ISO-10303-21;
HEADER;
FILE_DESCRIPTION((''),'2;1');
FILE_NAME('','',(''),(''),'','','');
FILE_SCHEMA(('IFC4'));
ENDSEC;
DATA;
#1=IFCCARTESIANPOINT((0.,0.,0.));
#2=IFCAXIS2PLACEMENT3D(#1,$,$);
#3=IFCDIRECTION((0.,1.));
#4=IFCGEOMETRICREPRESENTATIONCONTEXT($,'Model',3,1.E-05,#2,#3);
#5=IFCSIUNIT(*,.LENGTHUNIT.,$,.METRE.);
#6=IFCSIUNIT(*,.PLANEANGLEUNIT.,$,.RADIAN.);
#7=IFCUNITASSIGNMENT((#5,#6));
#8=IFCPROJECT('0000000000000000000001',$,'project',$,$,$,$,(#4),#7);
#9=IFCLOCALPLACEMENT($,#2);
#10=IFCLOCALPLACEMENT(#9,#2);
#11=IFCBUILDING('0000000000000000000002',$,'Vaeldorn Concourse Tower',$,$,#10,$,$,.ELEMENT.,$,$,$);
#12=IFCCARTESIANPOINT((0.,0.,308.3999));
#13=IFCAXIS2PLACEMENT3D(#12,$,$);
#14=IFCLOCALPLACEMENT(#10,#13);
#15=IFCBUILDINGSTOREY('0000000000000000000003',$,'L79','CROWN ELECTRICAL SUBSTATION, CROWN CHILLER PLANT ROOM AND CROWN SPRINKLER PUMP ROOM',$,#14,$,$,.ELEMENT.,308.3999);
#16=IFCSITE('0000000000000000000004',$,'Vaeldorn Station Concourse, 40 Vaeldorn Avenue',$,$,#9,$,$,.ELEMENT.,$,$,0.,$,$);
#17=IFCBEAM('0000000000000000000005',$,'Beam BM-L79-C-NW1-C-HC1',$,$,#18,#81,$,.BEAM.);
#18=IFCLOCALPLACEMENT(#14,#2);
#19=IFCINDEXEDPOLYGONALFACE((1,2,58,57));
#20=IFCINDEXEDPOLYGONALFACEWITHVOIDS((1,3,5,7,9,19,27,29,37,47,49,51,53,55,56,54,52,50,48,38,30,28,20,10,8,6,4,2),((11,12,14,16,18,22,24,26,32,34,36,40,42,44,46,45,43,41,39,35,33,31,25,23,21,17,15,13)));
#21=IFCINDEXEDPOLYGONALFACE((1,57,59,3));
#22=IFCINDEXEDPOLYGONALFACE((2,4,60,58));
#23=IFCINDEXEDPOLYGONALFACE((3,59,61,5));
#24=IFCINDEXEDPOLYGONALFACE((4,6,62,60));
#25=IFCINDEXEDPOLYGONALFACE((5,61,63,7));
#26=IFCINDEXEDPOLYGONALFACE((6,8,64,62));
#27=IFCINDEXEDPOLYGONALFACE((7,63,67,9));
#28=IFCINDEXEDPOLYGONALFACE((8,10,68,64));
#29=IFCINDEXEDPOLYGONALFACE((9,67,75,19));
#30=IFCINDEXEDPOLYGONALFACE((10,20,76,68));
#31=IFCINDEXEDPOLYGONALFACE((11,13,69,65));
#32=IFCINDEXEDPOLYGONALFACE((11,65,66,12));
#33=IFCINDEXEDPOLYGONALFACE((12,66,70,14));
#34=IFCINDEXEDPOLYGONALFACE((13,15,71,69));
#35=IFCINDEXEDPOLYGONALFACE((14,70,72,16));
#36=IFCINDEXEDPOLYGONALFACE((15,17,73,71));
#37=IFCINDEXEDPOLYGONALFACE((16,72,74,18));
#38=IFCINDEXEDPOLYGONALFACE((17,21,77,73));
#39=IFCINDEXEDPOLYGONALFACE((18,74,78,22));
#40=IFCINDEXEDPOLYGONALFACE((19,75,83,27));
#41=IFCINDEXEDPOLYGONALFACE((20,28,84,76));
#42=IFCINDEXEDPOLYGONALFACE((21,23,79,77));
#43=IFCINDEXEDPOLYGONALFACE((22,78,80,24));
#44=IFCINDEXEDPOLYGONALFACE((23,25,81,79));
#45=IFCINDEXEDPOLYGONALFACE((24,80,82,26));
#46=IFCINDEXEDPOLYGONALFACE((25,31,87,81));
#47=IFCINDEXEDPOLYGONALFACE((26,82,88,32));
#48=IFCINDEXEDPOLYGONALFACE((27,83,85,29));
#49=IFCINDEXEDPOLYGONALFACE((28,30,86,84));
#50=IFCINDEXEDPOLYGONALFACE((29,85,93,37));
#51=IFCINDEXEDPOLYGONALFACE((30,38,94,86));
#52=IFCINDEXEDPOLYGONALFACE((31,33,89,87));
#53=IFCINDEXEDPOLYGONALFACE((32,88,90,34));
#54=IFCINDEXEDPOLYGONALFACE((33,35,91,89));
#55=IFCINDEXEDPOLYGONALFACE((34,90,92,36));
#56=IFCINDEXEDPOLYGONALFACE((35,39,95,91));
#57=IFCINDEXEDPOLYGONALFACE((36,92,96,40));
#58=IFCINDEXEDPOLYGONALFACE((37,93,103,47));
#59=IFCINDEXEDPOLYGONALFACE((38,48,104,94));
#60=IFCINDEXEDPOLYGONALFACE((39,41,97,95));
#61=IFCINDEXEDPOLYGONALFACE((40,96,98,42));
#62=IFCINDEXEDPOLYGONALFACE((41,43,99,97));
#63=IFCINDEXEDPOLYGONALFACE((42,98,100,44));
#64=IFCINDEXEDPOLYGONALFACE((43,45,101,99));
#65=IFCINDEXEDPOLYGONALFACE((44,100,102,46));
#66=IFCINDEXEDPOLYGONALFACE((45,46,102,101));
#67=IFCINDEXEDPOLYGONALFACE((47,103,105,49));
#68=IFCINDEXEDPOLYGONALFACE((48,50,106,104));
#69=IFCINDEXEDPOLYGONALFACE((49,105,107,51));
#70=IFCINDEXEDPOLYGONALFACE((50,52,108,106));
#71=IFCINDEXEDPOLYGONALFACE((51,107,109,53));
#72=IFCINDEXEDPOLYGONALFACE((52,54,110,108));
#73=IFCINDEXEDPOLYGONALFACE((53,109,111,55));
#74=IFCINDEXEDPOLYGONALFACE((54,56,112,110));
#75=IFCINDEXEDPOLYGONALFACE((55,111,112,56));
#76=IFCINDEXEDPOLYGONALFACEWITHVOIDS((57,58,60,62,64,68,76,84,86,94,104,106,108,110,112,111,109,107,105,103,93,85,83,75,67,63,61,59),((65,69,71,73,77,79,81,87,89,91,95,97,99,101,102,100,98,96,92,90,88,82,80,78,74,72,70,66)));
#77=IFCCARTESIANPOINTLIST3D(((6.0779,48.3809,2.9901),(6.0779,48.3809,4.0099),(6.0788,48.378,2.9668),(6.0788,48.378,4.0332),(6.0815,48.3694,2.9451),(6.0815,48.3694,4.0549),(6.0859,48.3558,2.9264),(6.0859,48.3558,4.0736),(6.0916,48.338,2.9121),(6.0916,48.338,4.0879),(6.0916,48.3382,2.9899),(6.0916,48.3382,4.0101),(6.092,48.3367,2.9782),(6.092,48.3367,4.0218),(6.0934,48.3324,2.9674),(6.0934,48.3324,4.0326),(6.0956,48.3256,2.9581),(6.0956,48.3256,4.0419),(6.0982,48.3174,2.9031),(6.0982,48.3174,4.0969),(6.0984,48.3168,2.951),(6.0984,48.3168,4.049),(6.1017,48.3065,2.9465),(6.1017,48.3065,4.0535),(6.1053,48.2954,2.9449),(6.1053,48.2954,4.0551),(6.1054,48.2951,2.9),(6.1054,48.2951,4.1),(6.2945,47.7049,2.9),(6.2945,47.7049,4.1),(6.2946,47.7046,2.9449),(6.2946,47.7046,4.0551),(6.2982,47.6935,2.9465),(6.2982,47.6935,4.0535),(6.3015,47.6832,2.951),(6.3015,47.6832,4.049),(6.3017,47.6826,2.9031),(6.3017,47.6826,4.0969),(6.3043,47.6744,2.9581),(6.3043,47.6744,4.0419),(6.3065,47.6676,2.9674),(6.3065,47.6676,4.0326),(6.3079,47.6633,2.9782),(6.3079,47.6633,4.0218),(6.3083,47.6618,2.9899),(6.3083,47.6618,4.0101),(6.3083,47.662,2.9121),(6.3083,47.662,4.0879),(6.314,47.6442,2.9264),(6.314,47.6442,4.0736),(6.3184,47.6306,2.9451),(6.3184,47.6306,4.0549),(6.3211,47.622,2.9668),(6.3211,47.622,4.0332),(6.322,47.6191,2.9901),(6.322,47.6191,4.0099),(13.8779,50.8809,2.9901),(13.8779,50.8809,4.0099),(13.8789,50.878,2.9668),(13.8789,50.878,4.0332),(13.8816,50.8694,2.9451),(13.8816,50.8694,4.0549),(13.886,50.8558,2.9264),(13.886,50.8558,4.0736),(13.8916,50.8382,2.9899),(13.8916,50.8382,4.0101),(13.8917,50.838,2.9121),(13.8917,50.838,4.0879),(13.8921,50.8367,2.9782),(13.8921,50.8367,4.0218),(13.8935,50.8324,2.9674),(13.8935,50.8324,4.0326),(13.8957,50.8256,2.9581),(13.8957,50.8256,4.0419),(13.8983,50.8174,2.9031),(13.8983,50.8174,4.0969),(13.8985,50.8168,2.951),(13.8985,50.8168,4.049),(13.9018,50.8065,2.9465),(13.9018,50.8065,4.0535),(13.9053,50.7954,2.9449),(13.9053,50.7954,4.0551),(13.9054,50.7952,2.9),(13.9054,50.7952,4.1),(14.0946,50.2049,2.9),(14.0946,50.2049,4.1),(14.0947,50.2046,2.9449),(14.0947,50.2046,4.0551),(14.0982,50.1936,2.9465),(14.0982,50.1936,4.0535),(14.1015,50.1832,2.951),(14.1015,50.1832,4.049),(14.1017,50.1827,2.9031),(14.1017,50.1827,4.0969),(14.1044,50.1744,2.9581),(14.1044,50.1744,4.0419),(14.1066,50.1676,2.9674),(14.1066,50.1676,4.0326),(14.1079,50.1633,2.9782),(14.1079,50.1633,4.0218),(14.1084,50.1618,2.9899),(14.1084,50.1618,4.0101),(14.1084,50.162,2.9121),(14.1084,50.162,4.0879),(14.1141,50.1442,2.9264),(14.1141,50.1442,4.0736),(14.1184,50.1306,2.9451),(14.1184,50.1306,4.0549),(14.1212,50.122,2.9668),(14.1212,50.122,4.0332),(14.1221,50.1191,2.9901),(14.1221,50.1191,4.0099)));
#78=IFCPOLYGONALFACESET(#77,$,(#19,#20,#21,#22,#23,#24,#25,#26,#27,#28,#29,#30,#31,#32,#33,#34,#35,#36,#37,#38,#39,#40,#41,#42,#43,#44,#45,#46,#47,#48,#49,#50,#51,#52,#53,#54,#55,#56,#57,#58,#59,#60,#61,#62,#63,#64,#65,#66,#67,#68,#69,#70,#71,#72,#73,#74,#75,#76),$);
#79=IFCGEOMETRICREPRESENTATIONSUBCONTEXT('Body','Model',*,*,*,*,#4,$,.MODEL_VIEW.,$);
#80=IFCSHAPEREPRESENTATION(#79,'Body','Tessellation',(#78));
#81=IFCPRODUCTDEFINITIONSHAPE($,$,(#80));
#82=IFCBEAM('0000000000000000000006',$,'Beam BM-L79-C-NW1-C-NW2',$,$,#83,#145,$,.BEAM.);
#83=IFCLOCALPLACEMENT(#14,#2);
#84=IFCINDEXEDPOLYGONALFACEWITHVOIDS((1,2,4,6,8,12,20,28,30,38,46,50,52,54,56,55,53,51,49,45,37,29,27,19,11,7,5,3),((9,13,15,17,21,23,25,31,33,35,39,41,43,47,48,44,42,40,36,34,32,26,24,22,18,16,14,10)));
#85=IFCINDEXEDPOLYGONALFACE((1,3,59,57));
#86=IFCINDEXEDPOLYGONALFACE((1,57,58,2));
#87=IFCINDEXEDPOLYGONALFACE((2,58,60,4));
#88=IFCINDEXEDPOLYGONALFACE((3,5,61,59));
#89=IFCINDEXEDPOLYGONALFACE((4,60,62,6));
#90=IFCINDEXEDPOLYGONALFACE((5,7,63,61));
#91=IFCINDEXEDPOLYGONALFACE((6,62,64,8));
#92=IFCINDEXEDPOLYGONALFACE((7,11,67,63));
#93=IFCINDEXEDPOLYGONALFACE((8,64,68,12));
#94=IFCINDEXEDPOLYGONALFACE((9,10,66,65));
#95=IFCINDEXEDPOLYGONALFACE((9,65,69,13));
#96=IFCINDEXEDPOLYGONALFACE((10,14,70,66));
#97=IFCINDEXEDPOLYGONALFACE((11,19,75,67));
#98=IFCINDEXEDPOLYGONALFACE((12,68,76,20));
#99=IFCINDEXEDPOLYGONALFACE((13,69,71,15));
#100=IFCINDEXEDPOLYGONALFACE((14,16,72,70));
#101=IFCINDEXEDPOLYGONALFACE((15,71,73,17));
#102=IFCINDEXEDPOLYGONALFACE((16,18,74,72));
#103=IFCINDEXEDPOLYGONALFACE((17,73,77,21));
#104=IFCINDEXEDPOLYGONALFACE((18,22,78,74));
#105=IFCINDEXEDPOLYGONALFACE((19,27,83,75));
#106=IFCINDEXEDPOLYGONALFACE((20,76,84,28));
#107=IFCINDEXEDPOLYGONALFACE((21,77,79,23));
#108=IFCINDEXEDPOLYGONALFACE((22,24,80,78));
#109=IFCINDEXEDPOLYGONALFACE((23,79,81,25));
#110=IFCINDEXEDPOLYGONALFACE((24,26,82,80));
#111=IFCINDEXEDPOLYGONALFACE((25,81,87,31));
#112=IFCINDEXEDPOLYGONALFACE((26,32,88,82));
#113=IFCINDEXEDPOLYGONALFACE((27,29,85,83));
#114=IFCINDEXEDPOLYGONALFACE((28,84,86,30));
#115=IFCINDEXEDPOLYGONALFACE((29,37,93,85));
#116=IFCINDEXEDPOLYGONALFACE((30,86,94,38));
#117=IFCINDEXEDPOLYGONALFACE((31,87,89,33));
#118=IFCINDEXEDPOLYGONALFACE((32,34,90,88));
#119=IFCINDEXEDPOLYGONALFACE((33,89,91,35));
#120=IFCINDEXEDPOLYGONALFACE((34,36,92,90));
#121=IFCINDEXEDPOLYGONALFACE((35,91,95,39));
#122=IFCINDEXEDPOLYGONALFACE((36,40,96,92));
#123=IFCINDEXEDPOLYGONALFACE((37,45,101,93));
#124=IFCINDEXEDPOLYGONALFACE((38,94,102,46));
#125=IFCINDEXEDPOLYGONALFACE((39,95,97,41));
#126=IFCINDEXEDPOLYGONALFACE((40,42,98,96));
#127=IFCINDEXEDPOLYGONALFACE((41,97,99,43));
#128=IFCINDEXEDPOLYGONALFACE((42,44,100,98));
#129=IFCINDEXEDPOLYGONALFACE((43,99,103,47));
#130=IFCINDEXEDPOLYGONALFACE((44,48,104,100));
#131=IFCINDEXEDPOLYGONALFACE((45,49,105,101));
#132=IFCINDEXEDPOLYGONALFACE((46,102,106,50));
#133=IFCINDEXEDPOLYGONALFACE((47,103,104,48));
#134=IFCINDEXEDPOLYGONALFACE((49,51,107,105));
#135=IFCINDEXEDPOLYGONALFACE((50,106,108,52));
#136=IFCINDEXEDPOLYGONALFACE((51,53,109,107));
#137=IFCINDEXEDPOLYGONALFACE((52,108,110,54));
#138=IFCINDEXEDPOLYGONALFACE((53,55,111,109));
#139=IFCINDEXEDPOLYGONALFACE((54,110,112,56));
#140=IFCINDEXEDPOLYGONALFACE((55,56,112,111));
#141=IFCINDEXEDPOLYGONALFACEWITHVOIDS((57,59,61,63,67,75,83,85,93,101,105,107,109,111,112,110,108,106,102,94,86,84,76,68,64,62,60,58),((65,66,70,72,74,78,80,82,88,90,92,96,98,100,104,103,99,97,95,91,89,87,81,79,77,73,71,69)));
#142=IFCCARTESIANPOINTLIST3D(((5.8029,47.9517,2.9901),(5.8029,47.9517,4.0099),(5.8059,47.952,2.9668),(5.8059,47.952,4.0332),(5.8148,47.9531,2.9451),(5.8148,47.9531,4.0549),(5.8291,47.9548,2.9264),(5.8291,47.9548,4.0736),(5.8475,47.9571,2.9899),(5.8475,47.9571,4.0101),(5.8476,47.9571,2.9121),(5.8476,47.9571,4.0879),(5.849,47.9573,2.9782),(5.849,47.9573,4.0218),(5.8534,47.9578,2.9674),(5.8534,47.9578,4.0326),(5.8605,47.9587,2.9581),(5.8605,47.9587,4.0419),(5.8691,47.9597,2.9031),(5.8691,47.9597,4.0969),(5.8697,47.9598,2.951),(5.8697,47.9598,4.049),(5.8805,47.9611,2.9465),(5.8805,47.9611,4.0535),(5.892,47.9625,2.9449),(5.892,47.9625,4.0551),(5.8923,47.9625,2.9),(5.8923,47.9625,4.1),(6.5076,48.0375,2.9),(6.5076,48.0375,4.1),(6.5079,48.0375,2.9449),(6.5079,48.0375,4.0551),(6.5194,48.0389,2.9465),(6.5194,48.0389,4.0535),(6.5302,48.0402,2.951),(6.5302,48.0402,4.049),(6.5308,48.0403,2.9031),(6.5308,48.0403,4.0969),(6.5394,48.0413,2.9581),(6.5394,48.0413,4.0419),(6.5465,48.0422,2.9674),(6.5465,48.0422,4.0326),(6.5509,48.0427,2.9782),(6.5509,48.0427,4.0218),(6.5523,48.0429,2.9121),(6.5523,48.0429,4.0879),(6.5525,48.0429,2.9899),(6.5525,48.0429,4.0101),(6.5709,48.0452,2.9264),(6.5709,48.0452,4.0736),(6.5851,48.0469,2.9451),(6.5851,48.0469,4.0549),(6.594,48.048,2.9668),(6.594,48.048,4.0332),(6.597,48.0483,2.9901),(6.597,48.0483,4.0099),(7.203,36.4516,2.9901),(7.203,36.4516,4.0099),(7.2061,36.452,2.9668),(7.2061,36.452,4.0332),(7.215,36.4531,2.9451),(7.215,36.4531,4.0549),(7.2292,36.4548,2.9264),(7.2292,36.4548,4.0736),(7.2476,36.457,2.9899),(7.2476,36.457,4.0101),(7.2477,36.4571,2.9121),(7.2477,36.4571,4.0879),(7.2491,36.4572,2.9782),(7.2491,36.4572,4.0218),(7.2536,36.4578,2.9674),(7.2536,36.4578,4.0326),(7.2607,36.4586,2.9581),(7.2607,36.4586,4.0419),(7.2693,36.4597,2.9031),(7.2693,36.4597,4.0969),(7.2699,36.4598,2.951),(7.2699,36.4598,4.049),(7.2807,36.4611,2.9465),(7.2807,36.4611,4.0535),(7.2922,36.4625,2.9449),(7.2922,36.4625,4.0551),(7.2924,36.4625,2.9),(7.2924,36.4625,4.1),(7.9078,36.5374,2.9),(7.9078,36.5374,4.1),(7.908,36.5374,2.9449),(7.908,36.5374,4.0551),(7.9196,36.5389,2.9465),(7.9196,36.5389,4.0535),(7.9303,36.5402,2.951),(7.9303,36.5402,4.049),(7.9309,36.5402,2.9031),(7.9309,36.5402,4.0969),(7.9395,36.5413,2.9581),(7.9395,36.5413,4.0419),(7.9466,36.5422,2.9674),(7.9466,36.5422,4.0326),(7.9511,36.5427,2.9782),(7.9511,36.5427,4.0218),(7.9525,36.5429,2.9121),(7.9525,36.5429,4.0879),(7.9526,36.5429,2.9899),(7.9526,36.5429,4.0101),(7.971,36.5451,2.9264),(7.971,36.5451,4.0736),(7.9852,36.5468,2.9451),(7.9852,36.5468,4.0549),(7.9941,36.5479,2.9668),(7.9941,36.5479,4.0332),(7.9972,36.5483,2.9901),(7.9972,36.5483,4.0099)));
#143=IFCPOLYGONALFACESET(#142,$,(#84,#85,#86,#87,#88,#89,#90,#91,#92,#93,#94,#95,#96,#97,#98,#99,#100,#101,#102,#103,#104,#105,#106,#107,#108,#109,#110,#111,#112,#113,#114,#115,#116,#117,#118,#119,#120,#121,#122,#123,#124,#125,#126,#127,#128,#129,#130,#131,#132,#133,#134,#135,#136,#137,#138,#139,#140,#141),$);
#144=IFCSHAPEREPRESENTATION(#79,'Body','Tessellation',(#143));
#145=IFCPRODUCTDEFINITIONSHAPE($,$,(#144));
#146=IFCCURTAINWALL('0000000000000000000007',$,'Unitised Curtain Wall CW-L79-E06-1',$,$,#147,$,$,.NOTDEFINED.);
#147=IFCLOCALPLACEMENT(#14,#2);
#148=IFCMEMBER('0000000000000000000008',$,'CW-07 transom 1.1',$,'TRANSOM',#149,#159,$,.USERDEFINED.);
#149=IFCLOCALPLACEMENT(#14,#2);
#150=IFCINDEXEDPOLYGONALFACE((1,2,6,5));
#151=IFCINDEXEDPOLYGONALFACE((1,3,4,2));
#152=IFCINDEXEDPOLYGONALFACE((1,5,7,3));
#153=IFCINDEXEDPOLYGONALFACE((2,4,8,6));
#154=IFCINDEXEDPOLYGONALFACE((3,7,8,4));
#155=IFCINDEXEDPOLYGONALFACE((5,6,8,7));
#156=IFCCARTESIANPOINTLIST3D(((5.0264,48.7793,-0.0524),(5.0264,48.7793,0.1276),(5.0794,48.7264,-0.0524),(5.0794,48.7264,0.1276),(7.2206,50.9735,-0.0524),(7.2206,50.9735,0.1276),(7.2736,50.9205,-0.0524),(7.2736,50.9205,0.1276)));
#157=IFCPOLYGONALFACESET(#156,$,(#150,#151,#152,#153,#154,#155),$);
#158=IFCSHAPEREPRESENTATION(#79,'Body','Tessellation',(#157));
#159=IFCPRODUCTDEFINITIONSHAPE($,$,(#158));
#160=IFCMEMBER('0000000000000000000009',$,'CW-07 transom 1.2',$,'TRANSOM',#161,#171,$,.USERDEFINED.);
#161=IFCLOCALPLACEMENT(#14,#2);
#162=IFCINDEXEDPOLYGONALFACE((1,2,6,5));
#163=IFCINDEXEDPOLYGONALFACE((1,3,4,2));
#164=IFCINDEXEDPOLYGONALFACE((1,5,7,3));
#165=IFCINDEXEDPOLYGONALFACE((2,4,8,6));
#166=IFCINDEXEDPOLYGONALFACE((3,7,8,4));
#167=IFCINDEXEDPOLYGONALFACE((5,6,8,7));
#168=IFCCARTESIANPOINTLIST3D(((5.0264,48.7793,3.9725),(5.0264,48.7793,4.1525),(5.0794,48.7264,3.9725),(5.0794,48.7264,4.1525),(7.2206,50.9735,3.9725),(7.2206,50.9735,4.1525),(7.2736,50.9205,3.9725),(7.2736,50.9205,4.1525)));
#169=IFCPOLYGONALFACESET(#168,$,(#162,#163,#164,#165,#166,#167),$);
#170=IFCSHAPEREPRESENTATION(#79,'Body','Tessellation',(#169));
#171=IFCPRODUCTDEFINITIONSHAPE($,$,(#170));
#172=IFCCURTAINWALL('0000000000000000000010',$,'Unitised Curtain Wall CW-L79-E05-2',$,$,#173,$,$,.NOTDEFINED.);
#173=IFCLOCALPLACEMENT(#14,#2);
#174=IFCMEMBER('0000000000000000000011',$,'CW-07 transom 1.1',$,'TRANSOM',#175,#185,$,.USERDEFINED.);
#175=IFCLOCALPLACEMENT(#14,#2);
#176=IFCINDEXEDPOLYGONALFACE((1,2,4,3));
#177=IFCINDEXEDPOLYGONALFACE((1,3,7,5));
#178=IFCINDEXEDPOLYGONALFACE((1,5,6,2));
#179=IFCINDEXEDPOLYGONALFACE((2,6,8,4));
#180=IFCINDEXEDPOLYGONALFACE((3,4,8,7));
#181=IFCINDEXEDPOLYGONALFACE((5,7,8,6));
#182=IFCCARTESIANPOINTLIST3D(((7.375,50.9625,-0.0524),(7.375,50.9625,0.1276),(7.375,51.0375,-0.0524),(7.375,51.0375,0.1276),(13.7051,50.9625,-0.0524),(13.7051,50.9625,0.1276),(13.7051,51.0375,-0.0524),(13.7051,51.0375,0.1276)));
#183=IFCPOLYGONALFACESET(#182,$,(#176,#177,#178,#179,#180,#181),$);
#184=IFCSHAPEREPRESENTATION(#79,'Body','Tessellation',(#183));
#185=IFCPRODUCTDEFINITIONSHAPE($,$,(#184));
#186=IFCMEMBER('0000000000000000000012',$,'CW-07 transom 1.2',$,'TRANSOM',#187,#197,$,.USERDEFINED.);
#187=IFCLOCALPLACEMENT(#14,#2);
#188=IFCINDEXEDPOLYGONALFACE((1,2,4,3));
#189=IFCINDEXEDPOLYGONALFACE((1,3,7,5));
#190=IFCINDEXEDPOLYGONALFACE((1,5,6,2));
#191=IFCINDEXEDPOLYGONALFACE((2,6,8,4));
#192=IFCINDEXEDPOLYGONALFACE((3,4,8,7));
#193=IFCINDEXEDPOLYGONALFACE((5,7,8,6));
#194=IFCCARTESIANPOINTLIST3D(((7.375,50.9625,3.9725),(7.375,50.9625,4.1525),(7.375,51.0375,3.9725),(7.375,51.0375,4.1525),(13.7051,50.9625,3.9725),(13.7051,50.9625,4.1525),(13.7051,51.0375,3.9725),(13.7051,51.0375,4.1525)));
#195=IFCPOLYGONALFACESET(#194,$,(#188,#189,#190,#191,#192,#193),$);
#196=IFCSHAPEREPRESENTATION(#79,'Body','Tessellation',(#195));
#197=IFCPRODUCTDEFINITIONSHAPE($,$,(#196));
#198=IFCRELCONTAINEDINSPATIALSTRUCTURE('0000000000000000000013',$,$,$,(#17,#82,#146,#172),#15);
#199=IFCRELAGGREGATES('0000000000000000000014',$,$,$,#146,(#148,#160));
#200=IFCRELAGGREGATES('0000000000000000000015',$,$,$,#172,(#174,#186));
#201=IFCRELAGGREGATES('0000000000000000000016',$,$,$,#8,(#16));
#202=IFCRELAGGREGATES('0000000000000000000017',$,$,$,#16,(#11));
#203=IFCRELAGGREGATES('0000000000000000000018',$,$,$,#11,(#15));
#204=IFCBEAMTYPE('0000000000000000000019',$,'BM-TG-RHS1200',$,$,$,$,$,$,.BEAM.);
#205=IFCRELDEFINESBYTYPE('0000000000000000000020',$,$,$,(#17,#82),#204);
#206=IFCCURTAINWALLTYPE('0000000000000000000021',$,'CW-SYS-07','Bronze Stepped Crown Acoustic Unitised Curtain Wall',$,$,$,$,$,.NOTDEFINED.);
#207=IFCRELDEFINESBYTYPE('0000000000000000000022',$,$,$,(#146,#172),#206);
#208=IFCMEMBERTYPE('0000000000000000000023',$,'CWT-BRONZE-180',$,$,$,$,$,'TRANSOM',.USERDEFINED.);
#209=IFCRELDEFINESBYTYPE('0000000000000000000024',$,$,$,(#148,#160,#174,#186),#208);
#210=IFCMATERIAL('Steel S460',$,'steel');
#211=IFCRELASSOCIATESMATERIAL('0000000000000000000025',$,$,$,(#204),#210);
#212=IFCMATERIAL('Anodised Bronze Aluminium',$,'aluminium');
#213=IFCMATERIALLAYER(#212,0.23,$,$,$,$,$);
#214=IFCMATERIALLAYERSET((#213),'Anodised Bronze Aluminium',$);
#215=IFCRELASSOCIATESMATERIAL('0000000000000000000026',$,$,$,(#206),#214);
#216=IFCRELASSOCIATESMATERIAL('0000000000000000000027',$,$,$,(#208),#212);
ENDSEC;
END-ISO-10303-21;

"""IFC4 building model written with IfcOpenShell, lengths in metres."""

from ifc_helpers import new_model, si_unit, direction, frame, origin, origin_2d, place, context, subcontext, project, spatial, rectangle, hollow_rectangle, extrude, source, transform, mapped, material, layer, layer_set, material_profile, profile_set, type_object, element, aggregate, save


model = new_model("IFC4")

# Units and contexts
model_context = context("Model", 3, precision=1e-05, world=origin(), true_north=direction((0.0, 1.0)))
body_context = subcontext(model_context, "Body", "Model", "MODEL_VIEW")
ifc_project = project(units=[si_unit("LENGTHUNIT", "METRE"), si_unit("PLANEANGLEUNIT", "RADIAN")], contexts=[model_context])

# Site, building, storey
site_placement = place(None, origin())
site = spatial("IfcSite", under=ifc_project, at=site_placement, Name="Vaeldorn Station Concourse, 40 Vaeldorn Avenue", CompositionType="ELEMENT", RefElevation=0.0)
building_placement = place(site_placement, origin())
building = spatial("IfcBuilding", under=site, at=building_placement, Name="Vaeldorn Concourse Tower", CompositionType="ELEMENT")
storey_placement = place(building_placement, frame((0.0, 0.0, 308.3999)))
storey = spatial("IfcBuildingStorey", under=building, at=storey_placement, Name="L79", Description="CROWN ELECTRICAL SUBSTATION, CROWN CHILLER PLANT ROOM AND CROWN SPRINKLER PUMP ROOM", CompositionType="ELEMENT", Elevation=308.3999)

# Beams
ifc_material_1 = material(Name="Steel S460", Category="steel")
ifc_material_profile_1 = material_profile(ifc_material_1, hollow_rectangle(XDim=0.8, YDim=1.2, WallThickness=0.0449, InnerFilletRadius=0.0449, OuterFilletRadius=0.0901, at=origin_2d()), Name="RHS 1200x800x45")
ifc_profile_set_1 = profile_set([ifc_material_profile_1], Name="Steel S460")
beam_type_1 = type_object("IfcBeamType", Name="BM-TG-RHS1200", PredefinedType="BEAM", material=ifc_profile_set_1)
shared_shape_1 = source(origin(), body_context, "Body", "SweptSolid", [
    extrude(hollow_rectangle(XDim=0.8, YDim=1.2, WallThickness=0.0449, InnerFilletRadius=0.0449, OuterFilletRadius=0.0901, at=origin_2d()), origin(), (0.0, 0.0, 1.0), 8.1909),
])
beam_1_placement = place(storey_placement, frame((6.2, 48.0, 3.5), z_axis=(0.952283, 0.305217, 0.0), x_axis=(-0.305217, 0.952283, 0.0)))
element("IfcBeam", 1, at=beam_1_placement, inside=storey, type_object=beam_type_1, Name="Beam BM-L79-C-NW1-C-HC1", PredefinedType="BEAM", context=body_context, shape_type="MappedRepresentation", body=[
    mapped(shared_shape_1, transform((0.0, 0.0, 0.0), scale=1.0)),
])
shared_shape_2 = source(origin(), body_context, "Body", "SweptSolid", [
    extrude(hollow_rectangle(XDim=0.8, YDim=1.2, WallThickness=0.0449, InnerFilletRadius=0.0449, OuterFilletRadius=0.0901, at=origin_2d()), origin(), (0.0, 0.0, 1.0), 11.585),
])
beam_2_placement = place(storey_placement, frame((6.2, 48.0, 3.5), z_axis=(0.120859, -0.99267, 0.0), x_axis=(0.99267, 0.120859, 0.0)))
element("IfcBeam", 2, at=beam_2_placement, inside=storey, type_object=beam_type_1, Name="Beam BM-L79-C-NW1-C-NW2", PredefinedType="BEAM", context=body_context, shape_type="MappedRepresentation", body=[
    mapped(shared_shape_2, transform((0.0, 0.0, 0.0), scale=1.0)),
])

# Curtain walls, members
ifc_material_2 = material(Name="Anodised Bronze Aluminium", Category="aluminium")
ifc_layer_1 = layer(ifc_material_2, 0.23)
ifc_layer_set_1 = layer_set([ifc_layer_1], Name="Anodised Bronze Aluminium")
curtain_wall_type = type_object("IfcCurtainWallType", Name="CW-SYS-07", Description="Bronze Stepped Crown Acoustic Unitised Curtain Wall", PredefinedType="NOTDEFINED", material=ifc_layer_set_1)
curtain_wall_1_placement = place(storey_placement, origin())
curtain_wall_1 = element("IfcCurtainWall", 3, at=curtain_wall_1_placement, inside=storey, type_object=curtain_wall_type, Name="Unitised Curtain Wall CW-L79-E06-1", PredefinedType="NOTDEFINED")
ifc_material_profile_2 = material_profile(ifc_material_2, rectangle(XDim=0.075, YDim=0.1799, at=origin_2d()), Name="CWT 75x180")
ifc_profile_set_2 = profile_set([ifc_material_profile_2], Name="Anodised Bronze Aluminium")
member_type_1 = type_object("IfcMemberType", Name="CWT-BRONZE-180", ElementType="TRANSOM", PredefinedType="USERDEFINED", material=ifc_profile_set_2)
shared_shape_3 = source(origin(), body_context, "Body", "SweptSolid", [
    extrude(rectangle(XDim=0.075, YDim=0.1799, at=origin_2d()), origin(), (0.0, 0.0, 1.0), 3.103),
])
member_1_placement = place(storey_placement, frame((7.2471, 50.947, 0.0376), z_axis=(-0.707107, -0.707107, 0.0), x_axis=(0.707107, -0.707107, 0.0)))
member_1 = element("IfcMember", 4, at=member_1_placement, type_object=member_type_1, Name="CW-07 transom 1.1", ObjectType="TRANSOM", PredefinedType="USERDEFINED", context=body_context, shape_type="MappedRepresentation", body=[
    mapped(shared_shape_3, transform((0.0, 0.0, 0.0), scale=1.0)),
])
member_2_placement = place(storey_placement, frame((7.2471, 50.947, 4.0625), z_axis=(-0.707107, -0.707107, 0.0), x_axis=(0.707107, -0.707107, 0.0)))
member_2 = element("IfcMember", 5, at=member_2_placement, type_object=member_type_1, Name="CW-07 transom 1.2", ObjectType="TRANSOM", PredefinedType="USERDEFINED", context=body_context, shape_type="MappedRepresentation", body=[
    mapped(shared_shape_3, transform((0.0, 0.0, 0.0), scale=1.0)),
])
curtain_wall_2_placement = place(storey_placement, origin())
curtain_wall_2 = element("IfcCurtainWall", 6, at=curtain_wall_2_placement, inside=storey, type_object=curtain_wall_type, Name="Unitised Curtain Wall CW-L79-E05-2", PredefinedType="NOTDEFINED")
shared_shape_4 = source(origin(), body_context, "Body", "SweptSolid", [
    extrude(rectangle(XDim=0.075, YDim=0.1799, at=origin_2d()), origin(), (0.0, 0.0, 1.0), 6.3301),
])
member_3_placement = place(storey_placement, frame((13.7051, 51.0, 0.0376), z_axis=(-1.0, 0.0, 0.0), x_axis=(0.0, -1.0, 0.0)))
member_3 = element("IfcMember", 7, at=member_3_placement, type_object=member_type_1, Name="CW-07 transom 1.1", ObjectType="TRANSOM", PredefinedType="USERDEFINED", context=body_context, shape_type="MappedRepresentation", body=[
    mapped(shared_shape_4, transform((0.0, 0.0, 0.0), scale=1.0)),
])
member_4_placement = place(storey_placement, frame((13.7051, 51.0, 4.0625), z_axis=(-1.0, 0.0, 0.0), x_axis=(0.0, -1.0, 0.0)))
member_4 = element("IfcMember", 8, at=member_4_placement, type_object=member_type_1, Name="CW-07 transom 1.2", ObjectType="TRANSOM", PredefinedType="USERDEFINED", context=body_context, shape_type="MappedRepresentation", body=[
    mapped(shared_shape_4, transform((0.0, 0.0, 0.0), scale=1.0)),
])

aggregate(curtain_wall_1, [member_1, member_2])
aggregate(curtain_wall_2, [member_3, member_4])

save(model, "model.ifc")
